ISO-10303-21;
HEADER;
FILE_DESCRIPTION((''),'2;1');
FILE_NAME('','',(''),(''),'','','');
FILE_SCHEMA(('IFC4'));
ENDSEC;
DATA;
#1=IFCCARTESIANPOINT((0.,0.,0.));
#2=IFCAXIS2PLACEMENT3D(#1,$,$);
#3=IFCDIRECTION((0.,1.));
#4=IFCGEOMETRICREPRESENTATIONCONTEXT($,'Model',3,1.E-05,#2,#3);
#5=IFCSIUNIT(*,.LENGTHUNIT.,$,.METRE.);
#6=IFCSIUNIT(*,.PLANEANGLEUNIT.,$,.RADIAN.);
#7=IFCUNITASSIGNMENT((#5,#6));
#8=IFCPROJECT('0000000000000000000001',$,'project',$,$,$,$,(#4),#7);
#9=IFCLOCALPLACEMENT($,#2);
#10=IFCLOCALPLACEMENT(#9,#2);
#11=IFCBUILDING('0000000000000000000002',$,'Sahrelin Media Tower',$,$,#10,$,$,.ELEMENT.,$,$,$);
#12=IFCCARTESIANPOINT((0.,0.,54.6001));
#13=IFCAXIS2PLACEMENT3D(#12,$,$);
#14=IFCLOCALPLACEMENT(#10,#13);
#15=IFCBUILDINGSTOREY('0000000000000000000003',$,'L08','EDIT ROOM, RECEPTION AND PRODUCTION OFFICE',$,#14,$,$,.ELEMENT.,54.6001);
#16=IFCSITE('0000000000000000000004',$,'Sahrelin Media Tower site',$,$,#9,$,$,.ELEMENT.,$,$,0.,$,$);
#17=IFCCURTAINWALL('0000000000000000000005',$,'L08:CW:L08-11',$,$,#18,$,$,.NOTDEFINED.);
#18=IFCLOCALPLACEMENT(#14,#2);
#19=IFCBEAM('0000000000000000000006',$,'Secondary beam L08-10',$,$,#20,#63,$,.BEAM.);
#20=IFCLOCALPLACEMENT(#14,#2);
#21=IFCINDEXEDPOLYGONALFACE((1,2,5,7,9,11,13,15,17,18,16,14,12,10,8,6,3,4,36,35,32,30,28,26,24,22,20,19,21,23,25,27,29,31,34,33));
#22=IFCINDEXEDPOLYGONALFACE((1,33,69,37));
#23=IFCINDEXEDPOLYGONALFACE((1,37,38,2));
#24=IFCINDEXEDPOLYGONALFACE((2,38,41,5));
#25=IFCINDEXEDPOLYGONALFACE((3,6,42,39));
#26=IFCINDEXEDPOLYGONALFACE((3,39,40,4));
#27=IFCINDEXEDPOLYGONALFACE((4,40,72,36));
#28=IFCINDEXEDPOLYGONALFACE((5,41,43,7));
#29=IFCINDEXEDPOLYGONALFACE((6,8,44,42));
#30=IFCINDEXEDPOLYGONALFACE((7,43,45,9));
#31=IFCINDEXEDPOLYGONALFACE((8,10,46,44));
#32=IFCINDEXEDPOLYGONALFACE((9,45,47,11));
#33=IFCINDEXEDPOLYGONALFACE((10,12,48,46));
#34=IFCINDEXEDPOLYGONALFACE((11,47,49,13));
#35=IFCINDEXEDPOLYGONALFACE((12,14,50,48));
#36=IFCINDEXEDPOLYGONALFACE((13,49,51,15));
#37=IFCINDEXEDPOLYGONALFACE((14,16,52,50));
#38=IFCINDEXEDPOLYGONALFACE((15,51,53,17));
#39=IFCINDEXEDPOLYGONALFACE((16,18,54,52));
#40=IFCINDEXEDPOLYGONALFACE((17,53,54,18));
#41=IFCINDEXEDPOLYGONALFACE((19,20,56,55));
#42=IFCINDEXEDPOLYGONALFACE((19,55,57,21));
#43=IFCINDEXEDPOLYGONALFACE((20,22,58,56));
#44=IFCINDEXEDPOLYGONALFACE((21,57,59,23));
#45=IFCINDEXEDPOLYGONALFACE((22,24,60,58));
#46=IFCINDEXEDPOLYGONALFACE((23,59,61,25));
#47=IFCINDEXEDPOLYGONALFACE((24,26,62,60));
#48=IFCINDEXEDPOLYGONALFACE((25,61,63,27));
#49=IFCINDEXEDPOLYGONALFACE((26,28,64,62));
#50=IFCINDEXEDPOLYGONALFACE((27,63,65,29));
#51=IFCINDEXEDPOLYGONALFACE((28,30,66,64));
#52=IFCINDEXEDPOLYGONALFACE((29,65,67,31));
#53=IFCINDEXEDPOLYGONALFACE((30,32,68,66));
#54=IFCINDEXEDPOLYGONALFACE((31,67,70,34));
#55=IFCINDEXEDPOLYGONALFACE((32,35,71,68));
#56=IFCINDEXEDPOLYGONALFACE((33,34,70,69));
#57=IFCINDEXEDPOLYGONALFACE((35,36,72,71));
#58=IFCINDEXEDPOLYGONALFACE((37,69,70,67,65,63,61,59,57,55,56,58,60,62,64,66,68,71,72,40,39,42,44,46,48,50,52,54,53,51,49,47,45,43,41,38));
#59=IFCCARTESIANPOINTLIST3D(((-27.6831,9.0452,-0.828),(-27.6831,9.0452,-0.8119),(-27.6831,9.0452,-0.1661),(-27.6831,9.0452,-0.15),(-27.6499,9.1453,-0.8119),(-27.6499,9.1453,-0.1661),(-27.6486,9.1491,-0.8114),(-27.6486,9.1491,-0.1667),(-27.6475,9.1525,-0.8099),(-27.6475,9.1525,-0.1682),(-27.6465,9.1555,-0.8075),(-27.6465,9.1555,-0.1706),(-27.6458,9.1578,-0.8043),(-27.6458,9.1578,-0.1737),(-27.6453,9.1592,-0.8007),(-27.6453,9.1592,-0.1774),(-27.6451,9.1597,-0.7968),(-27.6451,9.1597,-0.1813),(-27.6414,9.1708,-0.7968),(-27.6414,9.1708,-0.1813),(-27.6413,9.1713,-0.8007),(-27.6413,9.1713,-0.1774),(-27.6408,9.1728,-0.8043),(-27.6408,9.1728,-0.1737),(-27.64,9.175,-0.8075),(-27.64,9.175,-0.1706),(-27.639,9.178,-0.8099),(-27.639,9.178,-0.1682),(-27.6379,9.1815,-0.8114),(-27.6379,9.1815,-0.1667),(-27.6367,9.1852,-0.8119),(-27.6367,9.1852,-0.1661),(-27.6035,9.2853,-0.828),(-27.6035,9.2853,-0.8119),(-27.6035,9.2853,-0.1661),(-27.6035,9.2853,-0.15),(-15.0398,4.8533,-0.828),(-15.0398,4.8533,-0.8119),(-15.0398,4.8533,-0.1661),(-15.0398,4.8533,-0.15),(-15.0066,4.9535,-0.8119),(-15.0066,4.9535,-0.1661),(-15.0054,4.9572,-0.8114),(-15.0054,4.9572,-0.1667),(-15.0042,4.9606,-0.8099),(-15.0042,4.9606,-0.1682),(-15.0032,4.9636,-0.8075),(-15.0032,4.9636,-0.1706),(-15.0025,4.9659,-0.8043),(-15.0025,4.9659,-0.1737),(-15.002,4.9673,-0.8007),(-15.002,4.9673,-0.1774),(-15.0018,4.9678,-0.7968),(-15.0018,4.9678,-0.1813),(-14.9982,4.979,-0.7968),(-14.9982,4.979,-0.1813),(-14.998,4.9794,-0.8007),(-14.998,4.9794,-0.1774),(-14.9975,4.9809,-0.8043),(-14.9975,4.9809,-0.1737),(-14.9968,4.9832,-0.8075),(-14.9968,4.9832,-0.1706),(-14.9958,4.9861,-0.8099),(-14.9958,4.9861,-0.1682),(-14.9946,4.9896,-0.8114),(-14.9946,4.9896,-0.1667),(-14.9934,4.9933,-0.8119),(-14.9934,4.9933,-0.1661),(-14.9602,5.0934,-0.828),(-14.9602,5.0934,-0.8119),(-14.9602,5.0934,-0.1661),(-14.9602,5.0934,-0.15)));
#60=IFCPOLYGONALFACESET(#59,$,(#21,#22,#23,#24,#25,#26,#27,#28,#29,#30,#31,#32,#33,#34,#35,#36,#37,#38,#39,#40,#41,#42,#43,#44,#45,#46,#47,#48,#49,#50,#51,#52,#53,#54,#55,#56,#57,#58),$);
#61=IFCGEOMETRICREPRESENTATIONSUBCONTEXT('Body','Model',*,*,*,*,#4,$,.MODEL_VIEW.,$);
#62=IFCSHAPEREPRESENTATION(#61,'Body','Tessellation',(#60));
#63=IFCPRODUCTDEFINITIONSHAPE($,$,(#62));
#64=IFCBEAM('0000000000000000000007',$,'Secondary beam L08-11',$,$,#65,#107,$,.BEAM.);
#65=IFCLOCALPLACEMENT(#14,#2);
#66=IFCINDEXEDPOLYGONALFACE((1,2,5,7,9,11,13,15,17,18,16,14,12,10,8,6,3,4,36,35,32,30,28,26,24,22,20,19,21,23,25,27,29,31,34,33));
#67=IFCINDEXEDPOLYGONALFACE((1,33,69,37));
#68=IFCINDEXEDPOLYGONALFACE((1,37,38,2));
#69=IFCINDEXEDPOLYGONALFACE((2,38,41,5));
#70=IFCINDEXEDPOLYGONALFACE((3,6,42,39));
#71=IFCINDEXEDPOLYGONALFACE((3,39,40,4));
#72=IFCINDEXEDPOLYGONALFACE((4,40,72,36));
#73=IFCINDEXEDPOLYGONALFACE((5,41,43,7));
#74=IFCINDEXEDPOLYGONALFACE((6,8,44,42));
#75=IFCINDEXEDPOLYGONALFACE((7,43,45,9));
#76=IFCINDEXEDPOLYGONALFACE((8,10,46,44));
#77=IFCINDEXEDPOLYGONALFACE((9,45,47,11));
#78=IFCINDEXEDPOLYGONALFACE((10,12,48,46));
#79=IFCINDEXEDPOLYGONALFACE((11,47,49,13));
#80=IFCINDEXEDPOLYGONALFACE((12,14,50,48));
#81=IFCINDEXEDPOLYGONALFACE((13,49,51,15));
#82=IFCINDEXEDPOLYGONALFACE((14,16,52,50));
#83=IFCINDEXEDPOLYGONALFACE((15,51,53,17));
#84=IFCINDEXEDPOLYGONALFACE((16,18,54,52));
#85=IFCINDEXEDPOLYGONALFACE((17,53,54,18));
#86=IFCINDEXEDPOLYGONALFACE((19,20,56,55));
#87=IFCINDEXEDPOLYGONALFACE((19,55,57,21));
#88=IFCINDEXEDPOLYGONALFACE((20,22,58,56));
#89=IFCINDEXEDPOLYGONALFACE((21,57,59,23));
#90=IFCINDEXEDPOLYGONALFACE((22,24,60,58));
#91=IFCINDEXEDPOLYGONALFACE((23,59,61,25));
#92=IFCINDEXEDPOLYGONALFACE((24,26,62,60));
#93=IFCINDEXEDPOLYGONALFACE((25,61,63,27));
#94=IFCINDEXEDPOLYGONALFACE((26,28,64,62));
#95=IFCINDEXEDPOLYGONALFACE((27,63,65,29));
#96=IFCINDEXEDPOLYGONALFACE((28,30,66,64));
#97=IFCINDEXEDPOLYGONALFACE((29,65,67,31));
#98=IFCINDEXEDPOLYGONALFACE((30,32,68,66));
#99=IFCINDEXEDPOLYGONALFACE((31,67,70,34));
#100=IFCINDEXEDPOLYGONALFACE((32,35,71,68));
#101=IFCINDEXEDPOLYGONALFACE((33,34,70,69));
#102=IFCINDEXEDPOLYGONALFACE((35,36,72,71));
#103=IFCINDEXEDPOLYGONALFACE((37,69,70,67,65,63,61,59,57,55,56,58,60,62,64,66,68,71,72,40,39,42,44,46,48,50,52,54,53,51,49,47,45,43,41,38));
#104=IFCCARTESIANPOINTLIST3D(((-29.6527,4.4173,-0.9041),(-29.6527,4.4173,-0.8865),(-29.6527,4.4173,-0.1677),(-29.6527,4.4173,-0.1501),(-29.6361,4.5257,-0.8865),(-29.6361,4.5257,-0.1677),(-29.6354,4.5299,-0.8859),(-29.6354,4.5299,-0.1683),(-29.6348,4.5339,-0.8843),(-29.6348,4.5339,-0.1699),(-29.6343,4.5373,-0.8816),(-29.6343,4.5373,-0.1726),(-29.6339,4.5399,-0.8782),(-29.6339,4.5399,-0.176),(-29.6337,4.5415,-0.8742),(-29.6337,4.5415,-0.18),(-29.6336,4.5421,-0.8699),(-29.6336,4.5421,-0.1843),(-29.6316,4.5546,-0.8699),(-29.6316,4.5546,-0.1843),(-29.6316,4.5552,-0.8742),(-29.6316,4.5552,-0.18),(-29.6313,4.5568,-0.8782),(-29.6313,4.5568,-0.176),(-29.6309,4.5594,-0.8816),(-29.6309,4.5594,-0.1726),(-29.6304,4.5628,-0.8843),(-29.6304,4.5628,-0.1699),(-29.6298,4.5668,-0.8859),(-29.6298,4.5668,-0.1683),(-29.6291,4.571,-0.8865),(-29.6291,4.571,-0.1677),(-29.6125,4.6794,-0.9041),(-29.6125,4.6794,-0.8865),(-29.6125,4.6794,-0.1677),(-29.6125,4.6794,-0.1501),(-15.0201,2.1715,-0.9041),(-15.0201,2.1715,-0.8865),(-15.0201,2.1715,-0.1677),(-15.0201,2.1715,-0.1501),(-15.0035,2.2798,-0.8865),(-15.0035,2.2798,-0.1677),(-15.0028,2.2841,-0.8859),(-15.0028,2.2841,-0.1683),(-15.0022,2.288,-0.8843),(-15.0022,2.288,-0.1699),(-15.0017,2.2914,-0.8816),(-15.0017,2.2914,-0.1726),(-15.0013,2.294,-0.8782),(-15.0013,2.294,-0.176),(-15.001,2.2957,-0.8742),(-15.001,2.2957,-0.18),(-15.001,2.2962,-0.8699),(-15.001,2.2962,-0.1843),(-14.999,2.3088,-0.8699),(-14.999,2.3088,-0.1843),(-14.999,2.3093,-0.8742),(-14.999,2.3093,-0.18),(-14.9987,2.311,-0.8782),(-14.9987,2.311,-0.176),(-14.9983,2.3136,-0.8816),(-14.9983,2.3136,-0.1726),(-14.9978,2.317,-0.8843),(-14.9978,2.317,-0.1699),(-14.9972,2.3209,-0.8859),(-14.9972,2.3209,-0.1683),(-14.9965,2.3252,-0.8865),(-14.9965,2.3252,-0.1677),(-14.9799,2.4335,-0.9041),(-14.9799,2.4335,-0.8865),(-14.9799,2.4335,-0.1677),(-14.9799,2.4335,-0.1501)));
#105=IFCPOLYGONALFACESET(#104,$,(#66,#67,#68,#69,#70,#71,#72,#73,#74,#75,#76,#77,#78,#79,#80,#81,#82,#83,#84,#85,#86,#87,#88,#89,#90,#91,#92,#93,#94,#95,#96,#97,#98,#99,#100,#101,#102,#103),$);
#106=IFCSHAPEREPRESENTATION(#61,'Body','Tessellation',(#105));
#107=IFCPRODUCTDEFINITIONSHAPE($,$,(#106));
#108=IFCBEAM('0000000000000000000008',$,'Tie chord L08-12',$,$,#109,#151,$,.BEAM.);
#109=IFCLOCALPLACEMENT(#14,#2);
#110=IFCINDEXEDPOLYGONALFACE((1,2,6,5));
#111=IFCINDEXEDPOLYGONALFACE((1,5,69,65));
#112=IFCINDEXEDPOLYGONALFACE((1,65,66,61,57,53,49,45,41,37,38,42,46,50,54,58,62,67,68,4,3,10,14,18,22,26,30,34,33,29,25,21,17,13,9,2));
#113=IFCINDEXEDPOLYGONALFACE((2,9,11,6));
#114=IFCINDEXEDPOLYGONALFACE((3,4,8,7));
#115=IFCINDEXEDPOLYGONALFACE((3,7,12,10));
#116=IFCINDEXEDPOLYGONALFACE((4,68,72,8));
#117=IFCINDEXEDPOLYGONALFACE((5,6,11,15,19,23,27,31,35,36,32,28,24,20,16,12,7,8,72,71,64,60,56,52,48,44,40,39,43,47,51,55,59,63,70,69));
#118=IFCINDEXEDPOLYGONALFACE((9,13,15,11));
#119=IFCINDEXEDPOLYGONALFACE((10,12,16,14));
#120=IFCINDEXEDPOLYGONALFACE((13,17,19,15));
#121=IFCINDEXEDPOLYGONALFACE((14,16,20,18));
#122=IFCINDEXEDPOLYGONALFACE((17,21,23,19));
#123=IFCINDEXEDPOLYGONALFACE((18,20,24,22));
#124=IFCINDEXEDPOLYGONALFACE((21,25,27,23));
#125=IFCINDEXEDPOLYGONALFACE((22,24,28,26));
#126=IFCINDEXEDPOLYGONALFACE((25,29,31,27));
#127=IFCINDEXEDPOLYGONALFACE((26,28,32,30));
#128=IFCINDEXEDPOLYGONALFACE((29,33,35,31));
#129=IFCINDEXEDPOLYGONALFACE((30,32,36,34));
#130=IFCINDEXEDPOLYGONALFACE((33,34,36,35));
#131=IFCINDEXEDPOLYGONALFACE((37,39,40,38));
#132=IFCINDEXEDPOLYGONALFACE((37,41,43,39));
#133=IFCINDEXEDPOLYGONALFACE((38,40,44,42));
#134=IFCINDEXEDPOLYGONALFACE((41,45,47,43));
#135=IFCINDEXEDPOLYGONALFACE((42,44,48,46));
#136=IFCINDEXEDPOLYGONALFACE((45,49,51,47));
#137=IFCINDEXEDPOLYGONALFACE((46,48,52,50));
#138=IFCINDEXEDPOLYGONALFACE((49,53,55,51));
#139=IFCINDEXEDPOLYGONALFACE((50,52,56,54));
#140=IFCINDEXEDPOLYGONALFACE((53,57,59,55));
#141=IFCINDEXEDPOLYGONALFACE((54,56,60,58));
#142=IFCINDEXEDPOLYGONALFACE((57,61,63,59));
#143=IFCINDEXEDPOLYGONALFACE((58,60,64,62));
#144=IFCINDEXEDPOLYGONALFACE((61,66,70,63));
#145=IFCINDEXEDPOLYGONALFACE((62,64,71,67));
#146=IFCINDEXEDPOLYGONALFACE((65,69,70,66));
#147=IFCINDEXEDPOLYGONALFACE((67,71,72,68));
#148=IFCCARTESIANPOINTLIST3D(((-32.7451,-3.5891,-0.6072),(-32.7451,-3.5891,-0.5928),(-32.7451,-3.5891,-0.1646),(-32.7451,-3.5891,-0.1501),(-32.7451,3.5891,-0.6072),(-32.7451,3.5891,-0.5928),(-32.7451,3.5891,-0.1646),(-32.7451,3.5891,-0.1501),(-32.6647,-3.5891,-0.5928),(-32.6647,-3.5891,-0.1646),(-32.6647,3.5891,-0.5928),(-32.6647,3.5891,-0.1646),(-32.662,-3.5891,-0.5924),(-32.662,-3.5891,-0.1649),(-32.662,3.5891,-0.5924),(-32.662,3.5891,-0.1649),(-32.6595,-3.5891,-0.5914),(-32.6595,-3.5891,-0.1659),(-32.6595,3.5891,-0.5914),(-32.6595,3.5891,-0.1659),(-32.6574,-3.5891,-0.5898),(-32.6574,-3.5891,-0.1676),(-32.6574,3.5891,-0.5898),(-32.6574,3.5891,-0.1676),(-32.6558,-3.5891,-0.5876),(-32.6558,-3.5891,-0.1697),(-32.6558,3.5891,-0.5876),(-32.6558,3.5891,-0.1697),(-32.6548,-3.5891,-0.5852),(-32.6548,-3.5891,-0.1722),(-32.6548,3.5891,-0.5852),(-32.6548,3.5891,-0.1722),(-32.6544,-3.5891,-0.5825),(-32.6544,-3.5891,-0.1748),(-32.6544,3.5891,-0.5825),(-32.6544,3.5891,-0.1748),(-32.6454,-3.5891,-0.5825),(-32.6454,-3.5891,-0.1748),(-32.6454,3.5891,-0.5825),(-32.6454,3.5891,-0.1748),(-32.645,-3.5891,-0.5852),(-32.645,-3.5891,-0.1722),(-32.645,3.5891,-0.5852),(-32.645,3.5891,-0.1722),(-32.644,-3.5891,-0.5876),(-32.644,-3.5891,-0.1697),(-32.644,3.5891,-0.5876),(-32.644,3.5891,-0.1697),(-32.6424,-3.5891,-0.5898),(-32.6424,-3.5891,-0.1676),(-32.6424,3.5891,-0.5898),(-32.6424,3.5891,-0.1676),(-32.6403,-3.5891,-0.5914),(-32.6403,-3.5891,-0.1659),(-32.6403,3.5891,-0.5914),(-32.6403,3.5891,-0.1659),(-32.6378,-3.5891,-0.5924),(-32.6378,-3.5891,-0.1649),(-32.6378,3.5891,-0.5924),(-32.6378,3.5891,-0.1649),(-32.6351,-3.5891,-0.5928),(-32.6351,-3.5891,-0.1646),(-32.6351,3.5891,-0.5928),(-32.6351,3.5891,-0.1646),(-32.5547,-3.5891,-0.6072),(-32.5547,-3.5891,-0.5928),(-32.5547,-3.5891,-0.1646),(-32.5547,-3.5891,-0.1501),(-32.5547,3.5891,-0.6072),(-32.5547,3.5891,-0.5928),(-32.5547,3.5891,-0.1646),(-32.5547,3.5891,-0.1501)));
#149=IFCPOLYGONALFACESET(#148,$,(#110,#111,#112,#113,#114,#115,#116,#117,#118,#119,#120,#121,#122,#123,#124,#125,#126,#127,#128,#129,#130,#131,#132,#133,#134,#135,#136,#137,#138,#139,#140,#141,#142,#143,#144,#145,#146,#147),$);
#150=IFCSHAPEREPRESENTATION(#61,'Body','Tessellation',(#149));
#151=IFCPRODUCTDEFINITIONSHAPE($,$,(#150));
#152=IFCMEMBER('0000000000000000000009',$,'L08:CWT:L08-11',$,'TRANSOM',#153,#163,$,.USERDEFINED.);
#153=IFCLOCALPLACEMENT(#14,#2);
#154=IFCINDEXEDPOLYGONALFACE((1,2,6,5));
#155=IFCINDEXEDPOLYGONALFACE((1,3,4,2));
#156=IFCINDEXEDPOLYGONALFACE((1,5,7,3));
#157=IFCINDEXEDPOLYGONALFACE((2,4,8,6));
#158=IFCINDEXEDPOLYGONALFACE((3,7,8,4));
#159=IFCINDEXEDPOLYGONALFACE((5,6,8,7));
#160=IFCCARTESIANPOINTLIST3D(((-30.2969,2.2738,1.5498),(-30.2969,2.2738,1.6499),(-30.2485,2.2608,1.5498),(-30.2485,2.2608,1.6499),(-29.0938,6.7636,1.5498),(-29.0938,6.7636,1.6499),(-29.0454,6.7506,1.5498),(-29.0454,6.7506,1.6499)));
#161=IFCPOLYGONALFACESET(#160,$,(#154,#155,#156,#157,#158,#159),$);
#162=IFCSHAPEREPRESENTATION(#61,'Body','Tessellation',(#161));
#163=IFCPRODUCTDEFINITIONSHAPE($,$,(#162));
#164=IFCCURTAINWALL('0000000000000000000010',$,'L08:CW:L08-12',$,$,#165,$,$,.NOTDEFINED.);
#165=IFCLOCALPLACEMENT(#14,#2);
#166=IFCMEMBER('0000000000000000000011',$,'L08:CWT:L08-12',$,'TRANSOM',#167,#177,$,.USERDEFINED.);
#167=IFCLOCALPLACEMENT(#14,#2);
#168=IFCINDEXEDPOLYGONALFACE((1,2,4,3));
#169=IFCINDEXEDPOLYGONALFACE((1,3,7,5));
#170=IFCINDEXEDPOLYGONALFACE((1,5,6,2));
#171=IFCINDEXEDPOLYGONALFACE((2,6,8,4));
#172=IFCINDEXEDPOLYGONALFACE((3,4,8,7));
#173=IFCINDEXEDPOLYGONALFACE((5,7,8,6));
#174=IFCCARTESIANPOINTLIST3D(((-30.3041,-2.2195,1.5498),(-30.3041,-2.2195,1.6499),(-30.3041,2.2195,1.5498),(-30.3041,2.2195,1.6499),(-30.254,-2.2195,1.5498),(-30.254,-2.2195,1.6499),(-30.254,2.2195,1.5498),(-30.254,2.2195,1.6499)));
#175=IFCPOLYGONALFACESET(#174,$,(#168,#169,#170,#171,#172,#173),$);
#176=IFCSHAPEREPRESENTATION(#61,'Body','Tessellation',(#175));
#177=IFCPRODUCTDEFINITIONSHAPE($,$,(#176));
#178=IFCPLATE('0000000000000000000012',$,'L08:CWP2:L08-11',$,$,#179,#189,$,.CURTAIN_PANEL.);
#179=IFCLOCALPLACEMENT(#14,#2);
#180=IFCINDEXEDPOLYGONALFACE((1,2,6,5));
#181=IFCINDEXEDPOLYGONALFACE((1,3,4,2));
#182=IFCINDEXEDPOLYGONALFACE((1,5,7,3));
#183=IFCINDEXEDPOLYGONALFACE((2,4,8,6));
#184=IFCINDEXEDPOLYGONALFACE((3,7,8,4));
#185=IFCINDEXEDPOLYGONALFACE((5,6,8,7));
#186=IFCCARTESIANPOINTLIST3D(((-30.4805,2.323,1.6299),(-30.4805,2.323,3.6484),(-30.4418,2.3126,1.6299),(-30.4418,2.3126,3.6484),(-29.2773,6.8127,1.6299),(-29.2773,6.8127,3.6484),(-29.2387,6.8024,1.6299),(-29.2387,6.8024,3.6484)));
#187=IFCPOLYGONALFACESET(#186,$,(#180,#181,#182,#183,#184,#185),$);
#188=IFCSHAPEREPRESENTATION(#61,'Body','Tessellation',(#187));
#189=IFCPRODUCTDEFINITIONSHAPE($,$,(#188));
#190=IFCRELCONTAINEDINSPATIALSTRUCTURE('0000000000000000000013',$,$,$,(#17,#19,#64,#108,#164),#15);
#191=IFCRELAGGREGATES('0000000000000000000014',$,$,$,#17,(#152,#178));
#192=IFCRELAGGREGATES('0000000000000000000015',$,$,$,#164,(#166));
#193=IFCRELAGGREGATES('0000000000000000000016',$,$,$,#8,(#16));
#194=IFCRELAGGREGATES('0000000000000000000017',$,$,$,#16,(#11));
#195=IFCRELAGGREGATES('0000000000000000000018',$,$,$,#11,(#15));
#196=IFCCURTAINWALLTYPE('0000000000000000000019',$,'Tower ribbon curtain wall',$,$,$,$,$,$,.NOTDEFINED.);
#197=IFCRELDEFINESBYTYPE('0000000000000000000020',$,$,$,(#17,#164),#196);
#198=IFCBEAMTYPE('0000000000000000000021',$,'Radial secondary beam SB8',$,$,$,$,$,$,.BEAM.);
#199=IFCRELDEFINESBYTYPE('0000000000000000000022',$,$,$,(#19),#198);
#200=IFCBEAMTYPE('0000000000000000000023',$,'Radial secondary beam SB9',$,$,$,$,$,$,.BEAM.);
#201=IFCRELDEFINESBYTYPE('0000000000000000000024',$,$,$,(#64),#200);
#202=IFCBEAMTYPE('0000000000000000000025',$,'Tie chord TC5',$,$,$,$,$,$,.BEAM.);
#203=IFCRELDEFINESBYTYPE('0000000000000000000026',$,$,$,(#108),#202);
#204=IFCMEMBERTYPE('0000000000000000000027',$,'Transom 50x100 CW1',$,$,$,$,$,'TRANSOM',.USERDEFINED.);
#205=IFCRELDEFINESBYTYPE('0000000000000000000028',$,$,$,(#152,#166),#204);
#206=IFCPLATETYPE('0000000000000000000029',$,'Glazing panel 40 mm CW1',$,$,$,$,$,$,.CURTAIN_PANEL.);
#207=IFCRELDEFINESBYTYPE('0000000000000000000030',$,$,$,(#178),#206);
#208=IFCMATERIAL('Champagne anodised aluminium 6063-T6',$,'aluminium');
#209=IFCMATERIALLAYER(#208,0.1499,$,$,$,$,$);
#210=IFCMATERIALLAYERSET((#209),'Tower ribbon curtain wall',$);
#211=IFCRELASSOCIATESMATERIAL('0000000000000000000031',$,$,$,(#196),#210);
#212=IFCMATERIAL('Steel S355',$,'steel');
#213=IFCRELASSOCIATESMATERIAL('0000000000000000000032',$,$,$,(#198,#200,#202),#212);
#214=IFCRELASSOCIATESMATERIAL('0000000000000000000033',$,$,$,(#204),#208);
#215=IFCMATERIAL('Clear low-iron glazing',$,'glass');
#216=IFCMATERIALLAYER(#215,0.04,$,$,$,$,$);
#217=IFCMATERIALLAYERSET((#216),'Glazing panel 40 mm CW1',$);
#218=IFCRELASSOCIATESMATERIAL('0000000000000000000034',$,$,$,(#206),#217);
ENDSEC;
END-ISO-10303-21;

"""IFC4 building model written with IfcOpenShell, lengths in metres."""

from ifc_helpers import new_model, si_unit, direction, frame, origin, origin_2d, place, context, subcontext, project, spatial, polyline, rectangle, i_section, outline, extrude, material, layer, layer_set, material_profile, profile_set, type_object, element, aggregate, save


model = new_model("IFC4")

# Units and contexts
model_context = context("Model", 3, precision=1e-05, world=origin(), true_north=direction((0.0, 1.0)))
body_context = subcontext(model_context, "Body", "Model", "MODEL_VIEW")
ifc_project = project(units=[si_unit("LENGTHUNIT", "METRE"), si_unit("PLANEANGLEUNIT", "RADIAN")], contexts=[model_context])

# Site, building, storey
site_placement = place(None, origin())
site = spatial("IfcSite", under=ifc_project, at=site_placement, Name="Sahrelin Media Tower site", CompositionType="ELEMENT", RefElevation=0.0)
building_placement = place(site_placement, origin())
building = spatial("IfcBuilding", under=site, at=building_placement, Name="Sahrelin Media Tower", CompositionType="ELEMENT")
storey_placement = place(building_placement, frame((0.0, 0.0, 54.6001)))
storey = spatial("IfcBuildingStorey", under=building, at=storey_placement, Name="L08", Description="EDIT ROOM, RECEPTION AND PRODUCTION OFFICE", CompositionType="ELEMENT", Elevation=54.6001)

# Shared definitions
ifc_material_1 = material(Name="Steel S355", Category="steel")

# Curtain wall
ifc_material_2 = material(Name="Champagne anodised aluminium 6063-T6", Category="aluminium")
ifc_layer_1 = layer(ifc_material_2, 0.1499)
ifc_layer_set_1 = layer_set([ifc_layer_1], Name="Tower ribbon curtain wall")
curtain_wall_type = type_object("IfcCurtainWallType", Name="Tower ribbon curtain wall", PredefinedType="NOTDEFINED", material=ifc_layer_set_1)
curtain_wall_1_placement = place(storey_placement, frame((-29.8596, 4.5627, 0.0), z_axis=(0.0, 0.0, 1.0), x_axis=(1.0, 0.0, 0.0)))
curtain_wall_1 = element("IfcCurtainWall", 1, at=curtain_wall_1_placement, inside=storey, type_object=curtain_wall_type, Name="L08:CW:L08-11", PredefinedType="NOTDEFINED")

# Beams
ifc_material_profile_1 = material_profile(ifc_material_1, i_section(OverallWidth=0.2529, OverallDepth=0.678, WebThickness=0.0117, FlangeThickness=0.0161, FilletRadius=0.0151, at=origin_2d()), Name="UB 686x254x125")
ifc_profile_set_1 = profile_set([ifc_material_profile_1], Name="Steel S355")
beam_type_1 = type_object("IfcBeamType", Name="Radial secondary beam SB8", PredefinedType="BEAM", material=ifc_profile_set_1)
beam_1_placement = place(storey_placement, frame((-15.0, 4.9734, -0.489), z_axis=(-0.94919, 0.314704, 0.0), x_axis=(-0.314704, -0.94919, 0.0)))
element("IfcBeam", 2, at=beam_1_placement, inside=storey, type_object=beam_type_1, Name="Secondary beam L08-10", PredefinedType="BEAM", context=body_context, shape_type="SweptSolid", body=[
    extrude(i_section(OverallWidth=0.2529, OverallDepth=0.678, WebThickness=0.0117, FlangeThickness=0.0161, FilletRadius=0.0151, at=origin_2d()), origin(), (0.0, 0.0, 1.0), 13.3201),
])
ifc_material_profile_2 = material_profile(ifc_material_1, i_section(OverallWidth=0.2651, OverallDepth=0.7539, WebThickness=0.0127, FlangeThickness=0.0176, FilletRadius=0.0166, at=origin_2d()), Name="UB 762x267x147")
ifc_profile_set_2 = profile_set([ifc_material_profile_2], Name="Steel S355")
beam_type_2 = type_object("IfcBeamType", Name="Radial secondary beam SB9", PredefinedType="BEAM", material=ifc_profile_set_2)
beam_2_placement = place(storey_placement, frame((-15.0, 2.3025, -0.5271), z_axis=(-0.988426, 0.151706, 0.0), x_axis=(-0.151706, -0.988426, 0.0)))
element("IfcBeam", 3, at=beam_2_placement, inside=storey, type_object=beam_type_2, Name="Secondary beam L08-11", PredefinedType="BEAM", context=body_context, shape_type="SweptSolid", body=[
    extrude(i_section(OverallWidth=0.2651, OverallDepth=0.7539, WebThickness=0.0127, FlangeThickness=0.0176, FilletRadius=0.0166, at=origin_2d()), origin(), (0.0, 0.0, 1.0), 14.804),
])
ifc_material_profile_3 = material_profile(ifc_material_1, i_section(OverallWidth=0.1904, OverallDepth=0.457, WebThickness=0.009, FlangeThickness=0.0144, FilletRadius=0.0103, at=origin_2d()), Name="UB 457x191x74")
ifc_profile_set_3 = profile_set([ifc_material_profile_3], Name="Steel S355")
beam_type_3 = type_object("IfcBeamType", Name="Tie chord TC5", PredefinedType="BEAM", material=ifc_profile_set_3)
beam_3_placement = place(storey_placement, frame((-32.6499, 3.5891, -0.3787), z_axis=(0.0, -1.0, 0.0), x_axis=(1.0, 0.0, 0.0)))
element("IfcBeam", 4, at=beam_3_placement, inside=storey, type_object=beam_type_3, Name="Tie chord L08-12", PredefinedType="BEAM", context=body_context, shape_type="SweptSolid", body=[
    extrude(i_section(OverallWidth=0.1904, OverallDepth=0.457, WebThickness=0.009, FlangeThickness=0.0144, FilletRadius=0.0103, at=origin_2d()), origin(), (0.0, 0.0, 1.0), 7.1782),
])

# Member
ifc_material_profile_4 = material_profile(ifc_material_2, rectangle(XDim=0.05, YDim=0.1001, at=origin_2d()), Name="Transom 50x100")
ifc_profile_set_4 = profile_set([ifc_material_profile_4], Name="Champagne anodised aluminium 6063-T6")
member_type_1 = type_object("IfcMemberType", Name="Transom 50x100 CW1", ElementType="TRANSOM", PredefinedType="USERDEFINED", material=ifc_profile_set_4)
member_1_placement = place(storey_placement, frame((-29.0696, 6.7571, 1.5999), z_axis=(-0.258839, -0.96592, 0.0), x_axis=(0.96592, -0.258839, 0.0)))
member_1 = element("IfcMember", 5, at=member_1_placement, type_object=member_type_1, Name="L08:CWT:L08-11", ObjectType="TRANSOM", PredefinedType="USERDEFINED", context=body_context, shape_type="SweptSolid", body=[
    extrude(rectangle(XDim=0.05, YDim=0.1001, at=origin_2d()), origin(), (0.0, 0.0, 1.0), 4.6482),
])

# Curtain wall, member
curtain_wall_2_placement = place(storey_placement, frame((-30.4741, 0.0, 0.0), z_axis=(0.0, 0.0, 1.0), x_axis=(1.0, 0.0, 0.0)))
curtain_wall_2 = element("IfcCurtainWall", 6, at=curtain_wall_2_placement, inside=storey, type_object=curtain_wall_type, Name="L08:CW:L08-12", PredefinedType="NOTDEFINED")
member_2_placement = place(storey_placement, frame((-30.2791, 2.2195, 1.5999), z_axis=(0.0, -1.0, 0.0), x_axis=(1.0, 0.0, 0.0)))
member_2 = element("IfcMember", 7, at=member_2_placement, type_object=member_type_1, Name="L08:CWT:L08-12", ObjectType="TRANSOM", PredefinedType="USERDEFINED", context=body_context, shape_type="SweptSolid", body=[
    extrude(rectangle(XDim=0.05, YDim=0.1001, at=origin_2d()), origin(), (0.0, 0.0, 1.0), 4.439),
])

# Plate
ifc_material_3 = material(Name="Clear low-iron glazing", Category="glass")
ifc_layer_2 = layer(ifc_material_3, 0.04)
ifc_layer_set_2 = layer_set([ifc_layer_2], Name="Glazing panel 40 mm CW1")
plate_type_1 = type_object("IfcPlateType", Name="Glazing panel 40 mm CW1", PredefinedType="CURTAIN_PANEL", material=ifc_layer_set_2)
plate_1_placement = place(storey_placement, frame((-29.2773, 6.8127, 1.6299), z_axis=(-0.96592, 0.258839, 0.0), x_axis=(-0.258839, -0.96592, 0.0)))
plate_1 = element("IfcPlate", 8, at=plate_1_placement, type_object=plate_type_1, Name="L08:CWP2:L08-11", PredefinedType="CURTAIN_PANEL", context=body_context, shape_type="SweptSolid", body=[
    extrude(outline(polyline([(0.0, 0.0), (4.6482, 0.0), (4.6482, 2.0186), (0.0, 2.0186), (0.0, 0.0)])), origin(), (0.0, 0.0, -1.0), 0.04),
])
aggregate(curtain_wall_1, [member_1, plate_1])
aggregate(curtain_wall_2, [member_2])

save(model, "model.ifc")
